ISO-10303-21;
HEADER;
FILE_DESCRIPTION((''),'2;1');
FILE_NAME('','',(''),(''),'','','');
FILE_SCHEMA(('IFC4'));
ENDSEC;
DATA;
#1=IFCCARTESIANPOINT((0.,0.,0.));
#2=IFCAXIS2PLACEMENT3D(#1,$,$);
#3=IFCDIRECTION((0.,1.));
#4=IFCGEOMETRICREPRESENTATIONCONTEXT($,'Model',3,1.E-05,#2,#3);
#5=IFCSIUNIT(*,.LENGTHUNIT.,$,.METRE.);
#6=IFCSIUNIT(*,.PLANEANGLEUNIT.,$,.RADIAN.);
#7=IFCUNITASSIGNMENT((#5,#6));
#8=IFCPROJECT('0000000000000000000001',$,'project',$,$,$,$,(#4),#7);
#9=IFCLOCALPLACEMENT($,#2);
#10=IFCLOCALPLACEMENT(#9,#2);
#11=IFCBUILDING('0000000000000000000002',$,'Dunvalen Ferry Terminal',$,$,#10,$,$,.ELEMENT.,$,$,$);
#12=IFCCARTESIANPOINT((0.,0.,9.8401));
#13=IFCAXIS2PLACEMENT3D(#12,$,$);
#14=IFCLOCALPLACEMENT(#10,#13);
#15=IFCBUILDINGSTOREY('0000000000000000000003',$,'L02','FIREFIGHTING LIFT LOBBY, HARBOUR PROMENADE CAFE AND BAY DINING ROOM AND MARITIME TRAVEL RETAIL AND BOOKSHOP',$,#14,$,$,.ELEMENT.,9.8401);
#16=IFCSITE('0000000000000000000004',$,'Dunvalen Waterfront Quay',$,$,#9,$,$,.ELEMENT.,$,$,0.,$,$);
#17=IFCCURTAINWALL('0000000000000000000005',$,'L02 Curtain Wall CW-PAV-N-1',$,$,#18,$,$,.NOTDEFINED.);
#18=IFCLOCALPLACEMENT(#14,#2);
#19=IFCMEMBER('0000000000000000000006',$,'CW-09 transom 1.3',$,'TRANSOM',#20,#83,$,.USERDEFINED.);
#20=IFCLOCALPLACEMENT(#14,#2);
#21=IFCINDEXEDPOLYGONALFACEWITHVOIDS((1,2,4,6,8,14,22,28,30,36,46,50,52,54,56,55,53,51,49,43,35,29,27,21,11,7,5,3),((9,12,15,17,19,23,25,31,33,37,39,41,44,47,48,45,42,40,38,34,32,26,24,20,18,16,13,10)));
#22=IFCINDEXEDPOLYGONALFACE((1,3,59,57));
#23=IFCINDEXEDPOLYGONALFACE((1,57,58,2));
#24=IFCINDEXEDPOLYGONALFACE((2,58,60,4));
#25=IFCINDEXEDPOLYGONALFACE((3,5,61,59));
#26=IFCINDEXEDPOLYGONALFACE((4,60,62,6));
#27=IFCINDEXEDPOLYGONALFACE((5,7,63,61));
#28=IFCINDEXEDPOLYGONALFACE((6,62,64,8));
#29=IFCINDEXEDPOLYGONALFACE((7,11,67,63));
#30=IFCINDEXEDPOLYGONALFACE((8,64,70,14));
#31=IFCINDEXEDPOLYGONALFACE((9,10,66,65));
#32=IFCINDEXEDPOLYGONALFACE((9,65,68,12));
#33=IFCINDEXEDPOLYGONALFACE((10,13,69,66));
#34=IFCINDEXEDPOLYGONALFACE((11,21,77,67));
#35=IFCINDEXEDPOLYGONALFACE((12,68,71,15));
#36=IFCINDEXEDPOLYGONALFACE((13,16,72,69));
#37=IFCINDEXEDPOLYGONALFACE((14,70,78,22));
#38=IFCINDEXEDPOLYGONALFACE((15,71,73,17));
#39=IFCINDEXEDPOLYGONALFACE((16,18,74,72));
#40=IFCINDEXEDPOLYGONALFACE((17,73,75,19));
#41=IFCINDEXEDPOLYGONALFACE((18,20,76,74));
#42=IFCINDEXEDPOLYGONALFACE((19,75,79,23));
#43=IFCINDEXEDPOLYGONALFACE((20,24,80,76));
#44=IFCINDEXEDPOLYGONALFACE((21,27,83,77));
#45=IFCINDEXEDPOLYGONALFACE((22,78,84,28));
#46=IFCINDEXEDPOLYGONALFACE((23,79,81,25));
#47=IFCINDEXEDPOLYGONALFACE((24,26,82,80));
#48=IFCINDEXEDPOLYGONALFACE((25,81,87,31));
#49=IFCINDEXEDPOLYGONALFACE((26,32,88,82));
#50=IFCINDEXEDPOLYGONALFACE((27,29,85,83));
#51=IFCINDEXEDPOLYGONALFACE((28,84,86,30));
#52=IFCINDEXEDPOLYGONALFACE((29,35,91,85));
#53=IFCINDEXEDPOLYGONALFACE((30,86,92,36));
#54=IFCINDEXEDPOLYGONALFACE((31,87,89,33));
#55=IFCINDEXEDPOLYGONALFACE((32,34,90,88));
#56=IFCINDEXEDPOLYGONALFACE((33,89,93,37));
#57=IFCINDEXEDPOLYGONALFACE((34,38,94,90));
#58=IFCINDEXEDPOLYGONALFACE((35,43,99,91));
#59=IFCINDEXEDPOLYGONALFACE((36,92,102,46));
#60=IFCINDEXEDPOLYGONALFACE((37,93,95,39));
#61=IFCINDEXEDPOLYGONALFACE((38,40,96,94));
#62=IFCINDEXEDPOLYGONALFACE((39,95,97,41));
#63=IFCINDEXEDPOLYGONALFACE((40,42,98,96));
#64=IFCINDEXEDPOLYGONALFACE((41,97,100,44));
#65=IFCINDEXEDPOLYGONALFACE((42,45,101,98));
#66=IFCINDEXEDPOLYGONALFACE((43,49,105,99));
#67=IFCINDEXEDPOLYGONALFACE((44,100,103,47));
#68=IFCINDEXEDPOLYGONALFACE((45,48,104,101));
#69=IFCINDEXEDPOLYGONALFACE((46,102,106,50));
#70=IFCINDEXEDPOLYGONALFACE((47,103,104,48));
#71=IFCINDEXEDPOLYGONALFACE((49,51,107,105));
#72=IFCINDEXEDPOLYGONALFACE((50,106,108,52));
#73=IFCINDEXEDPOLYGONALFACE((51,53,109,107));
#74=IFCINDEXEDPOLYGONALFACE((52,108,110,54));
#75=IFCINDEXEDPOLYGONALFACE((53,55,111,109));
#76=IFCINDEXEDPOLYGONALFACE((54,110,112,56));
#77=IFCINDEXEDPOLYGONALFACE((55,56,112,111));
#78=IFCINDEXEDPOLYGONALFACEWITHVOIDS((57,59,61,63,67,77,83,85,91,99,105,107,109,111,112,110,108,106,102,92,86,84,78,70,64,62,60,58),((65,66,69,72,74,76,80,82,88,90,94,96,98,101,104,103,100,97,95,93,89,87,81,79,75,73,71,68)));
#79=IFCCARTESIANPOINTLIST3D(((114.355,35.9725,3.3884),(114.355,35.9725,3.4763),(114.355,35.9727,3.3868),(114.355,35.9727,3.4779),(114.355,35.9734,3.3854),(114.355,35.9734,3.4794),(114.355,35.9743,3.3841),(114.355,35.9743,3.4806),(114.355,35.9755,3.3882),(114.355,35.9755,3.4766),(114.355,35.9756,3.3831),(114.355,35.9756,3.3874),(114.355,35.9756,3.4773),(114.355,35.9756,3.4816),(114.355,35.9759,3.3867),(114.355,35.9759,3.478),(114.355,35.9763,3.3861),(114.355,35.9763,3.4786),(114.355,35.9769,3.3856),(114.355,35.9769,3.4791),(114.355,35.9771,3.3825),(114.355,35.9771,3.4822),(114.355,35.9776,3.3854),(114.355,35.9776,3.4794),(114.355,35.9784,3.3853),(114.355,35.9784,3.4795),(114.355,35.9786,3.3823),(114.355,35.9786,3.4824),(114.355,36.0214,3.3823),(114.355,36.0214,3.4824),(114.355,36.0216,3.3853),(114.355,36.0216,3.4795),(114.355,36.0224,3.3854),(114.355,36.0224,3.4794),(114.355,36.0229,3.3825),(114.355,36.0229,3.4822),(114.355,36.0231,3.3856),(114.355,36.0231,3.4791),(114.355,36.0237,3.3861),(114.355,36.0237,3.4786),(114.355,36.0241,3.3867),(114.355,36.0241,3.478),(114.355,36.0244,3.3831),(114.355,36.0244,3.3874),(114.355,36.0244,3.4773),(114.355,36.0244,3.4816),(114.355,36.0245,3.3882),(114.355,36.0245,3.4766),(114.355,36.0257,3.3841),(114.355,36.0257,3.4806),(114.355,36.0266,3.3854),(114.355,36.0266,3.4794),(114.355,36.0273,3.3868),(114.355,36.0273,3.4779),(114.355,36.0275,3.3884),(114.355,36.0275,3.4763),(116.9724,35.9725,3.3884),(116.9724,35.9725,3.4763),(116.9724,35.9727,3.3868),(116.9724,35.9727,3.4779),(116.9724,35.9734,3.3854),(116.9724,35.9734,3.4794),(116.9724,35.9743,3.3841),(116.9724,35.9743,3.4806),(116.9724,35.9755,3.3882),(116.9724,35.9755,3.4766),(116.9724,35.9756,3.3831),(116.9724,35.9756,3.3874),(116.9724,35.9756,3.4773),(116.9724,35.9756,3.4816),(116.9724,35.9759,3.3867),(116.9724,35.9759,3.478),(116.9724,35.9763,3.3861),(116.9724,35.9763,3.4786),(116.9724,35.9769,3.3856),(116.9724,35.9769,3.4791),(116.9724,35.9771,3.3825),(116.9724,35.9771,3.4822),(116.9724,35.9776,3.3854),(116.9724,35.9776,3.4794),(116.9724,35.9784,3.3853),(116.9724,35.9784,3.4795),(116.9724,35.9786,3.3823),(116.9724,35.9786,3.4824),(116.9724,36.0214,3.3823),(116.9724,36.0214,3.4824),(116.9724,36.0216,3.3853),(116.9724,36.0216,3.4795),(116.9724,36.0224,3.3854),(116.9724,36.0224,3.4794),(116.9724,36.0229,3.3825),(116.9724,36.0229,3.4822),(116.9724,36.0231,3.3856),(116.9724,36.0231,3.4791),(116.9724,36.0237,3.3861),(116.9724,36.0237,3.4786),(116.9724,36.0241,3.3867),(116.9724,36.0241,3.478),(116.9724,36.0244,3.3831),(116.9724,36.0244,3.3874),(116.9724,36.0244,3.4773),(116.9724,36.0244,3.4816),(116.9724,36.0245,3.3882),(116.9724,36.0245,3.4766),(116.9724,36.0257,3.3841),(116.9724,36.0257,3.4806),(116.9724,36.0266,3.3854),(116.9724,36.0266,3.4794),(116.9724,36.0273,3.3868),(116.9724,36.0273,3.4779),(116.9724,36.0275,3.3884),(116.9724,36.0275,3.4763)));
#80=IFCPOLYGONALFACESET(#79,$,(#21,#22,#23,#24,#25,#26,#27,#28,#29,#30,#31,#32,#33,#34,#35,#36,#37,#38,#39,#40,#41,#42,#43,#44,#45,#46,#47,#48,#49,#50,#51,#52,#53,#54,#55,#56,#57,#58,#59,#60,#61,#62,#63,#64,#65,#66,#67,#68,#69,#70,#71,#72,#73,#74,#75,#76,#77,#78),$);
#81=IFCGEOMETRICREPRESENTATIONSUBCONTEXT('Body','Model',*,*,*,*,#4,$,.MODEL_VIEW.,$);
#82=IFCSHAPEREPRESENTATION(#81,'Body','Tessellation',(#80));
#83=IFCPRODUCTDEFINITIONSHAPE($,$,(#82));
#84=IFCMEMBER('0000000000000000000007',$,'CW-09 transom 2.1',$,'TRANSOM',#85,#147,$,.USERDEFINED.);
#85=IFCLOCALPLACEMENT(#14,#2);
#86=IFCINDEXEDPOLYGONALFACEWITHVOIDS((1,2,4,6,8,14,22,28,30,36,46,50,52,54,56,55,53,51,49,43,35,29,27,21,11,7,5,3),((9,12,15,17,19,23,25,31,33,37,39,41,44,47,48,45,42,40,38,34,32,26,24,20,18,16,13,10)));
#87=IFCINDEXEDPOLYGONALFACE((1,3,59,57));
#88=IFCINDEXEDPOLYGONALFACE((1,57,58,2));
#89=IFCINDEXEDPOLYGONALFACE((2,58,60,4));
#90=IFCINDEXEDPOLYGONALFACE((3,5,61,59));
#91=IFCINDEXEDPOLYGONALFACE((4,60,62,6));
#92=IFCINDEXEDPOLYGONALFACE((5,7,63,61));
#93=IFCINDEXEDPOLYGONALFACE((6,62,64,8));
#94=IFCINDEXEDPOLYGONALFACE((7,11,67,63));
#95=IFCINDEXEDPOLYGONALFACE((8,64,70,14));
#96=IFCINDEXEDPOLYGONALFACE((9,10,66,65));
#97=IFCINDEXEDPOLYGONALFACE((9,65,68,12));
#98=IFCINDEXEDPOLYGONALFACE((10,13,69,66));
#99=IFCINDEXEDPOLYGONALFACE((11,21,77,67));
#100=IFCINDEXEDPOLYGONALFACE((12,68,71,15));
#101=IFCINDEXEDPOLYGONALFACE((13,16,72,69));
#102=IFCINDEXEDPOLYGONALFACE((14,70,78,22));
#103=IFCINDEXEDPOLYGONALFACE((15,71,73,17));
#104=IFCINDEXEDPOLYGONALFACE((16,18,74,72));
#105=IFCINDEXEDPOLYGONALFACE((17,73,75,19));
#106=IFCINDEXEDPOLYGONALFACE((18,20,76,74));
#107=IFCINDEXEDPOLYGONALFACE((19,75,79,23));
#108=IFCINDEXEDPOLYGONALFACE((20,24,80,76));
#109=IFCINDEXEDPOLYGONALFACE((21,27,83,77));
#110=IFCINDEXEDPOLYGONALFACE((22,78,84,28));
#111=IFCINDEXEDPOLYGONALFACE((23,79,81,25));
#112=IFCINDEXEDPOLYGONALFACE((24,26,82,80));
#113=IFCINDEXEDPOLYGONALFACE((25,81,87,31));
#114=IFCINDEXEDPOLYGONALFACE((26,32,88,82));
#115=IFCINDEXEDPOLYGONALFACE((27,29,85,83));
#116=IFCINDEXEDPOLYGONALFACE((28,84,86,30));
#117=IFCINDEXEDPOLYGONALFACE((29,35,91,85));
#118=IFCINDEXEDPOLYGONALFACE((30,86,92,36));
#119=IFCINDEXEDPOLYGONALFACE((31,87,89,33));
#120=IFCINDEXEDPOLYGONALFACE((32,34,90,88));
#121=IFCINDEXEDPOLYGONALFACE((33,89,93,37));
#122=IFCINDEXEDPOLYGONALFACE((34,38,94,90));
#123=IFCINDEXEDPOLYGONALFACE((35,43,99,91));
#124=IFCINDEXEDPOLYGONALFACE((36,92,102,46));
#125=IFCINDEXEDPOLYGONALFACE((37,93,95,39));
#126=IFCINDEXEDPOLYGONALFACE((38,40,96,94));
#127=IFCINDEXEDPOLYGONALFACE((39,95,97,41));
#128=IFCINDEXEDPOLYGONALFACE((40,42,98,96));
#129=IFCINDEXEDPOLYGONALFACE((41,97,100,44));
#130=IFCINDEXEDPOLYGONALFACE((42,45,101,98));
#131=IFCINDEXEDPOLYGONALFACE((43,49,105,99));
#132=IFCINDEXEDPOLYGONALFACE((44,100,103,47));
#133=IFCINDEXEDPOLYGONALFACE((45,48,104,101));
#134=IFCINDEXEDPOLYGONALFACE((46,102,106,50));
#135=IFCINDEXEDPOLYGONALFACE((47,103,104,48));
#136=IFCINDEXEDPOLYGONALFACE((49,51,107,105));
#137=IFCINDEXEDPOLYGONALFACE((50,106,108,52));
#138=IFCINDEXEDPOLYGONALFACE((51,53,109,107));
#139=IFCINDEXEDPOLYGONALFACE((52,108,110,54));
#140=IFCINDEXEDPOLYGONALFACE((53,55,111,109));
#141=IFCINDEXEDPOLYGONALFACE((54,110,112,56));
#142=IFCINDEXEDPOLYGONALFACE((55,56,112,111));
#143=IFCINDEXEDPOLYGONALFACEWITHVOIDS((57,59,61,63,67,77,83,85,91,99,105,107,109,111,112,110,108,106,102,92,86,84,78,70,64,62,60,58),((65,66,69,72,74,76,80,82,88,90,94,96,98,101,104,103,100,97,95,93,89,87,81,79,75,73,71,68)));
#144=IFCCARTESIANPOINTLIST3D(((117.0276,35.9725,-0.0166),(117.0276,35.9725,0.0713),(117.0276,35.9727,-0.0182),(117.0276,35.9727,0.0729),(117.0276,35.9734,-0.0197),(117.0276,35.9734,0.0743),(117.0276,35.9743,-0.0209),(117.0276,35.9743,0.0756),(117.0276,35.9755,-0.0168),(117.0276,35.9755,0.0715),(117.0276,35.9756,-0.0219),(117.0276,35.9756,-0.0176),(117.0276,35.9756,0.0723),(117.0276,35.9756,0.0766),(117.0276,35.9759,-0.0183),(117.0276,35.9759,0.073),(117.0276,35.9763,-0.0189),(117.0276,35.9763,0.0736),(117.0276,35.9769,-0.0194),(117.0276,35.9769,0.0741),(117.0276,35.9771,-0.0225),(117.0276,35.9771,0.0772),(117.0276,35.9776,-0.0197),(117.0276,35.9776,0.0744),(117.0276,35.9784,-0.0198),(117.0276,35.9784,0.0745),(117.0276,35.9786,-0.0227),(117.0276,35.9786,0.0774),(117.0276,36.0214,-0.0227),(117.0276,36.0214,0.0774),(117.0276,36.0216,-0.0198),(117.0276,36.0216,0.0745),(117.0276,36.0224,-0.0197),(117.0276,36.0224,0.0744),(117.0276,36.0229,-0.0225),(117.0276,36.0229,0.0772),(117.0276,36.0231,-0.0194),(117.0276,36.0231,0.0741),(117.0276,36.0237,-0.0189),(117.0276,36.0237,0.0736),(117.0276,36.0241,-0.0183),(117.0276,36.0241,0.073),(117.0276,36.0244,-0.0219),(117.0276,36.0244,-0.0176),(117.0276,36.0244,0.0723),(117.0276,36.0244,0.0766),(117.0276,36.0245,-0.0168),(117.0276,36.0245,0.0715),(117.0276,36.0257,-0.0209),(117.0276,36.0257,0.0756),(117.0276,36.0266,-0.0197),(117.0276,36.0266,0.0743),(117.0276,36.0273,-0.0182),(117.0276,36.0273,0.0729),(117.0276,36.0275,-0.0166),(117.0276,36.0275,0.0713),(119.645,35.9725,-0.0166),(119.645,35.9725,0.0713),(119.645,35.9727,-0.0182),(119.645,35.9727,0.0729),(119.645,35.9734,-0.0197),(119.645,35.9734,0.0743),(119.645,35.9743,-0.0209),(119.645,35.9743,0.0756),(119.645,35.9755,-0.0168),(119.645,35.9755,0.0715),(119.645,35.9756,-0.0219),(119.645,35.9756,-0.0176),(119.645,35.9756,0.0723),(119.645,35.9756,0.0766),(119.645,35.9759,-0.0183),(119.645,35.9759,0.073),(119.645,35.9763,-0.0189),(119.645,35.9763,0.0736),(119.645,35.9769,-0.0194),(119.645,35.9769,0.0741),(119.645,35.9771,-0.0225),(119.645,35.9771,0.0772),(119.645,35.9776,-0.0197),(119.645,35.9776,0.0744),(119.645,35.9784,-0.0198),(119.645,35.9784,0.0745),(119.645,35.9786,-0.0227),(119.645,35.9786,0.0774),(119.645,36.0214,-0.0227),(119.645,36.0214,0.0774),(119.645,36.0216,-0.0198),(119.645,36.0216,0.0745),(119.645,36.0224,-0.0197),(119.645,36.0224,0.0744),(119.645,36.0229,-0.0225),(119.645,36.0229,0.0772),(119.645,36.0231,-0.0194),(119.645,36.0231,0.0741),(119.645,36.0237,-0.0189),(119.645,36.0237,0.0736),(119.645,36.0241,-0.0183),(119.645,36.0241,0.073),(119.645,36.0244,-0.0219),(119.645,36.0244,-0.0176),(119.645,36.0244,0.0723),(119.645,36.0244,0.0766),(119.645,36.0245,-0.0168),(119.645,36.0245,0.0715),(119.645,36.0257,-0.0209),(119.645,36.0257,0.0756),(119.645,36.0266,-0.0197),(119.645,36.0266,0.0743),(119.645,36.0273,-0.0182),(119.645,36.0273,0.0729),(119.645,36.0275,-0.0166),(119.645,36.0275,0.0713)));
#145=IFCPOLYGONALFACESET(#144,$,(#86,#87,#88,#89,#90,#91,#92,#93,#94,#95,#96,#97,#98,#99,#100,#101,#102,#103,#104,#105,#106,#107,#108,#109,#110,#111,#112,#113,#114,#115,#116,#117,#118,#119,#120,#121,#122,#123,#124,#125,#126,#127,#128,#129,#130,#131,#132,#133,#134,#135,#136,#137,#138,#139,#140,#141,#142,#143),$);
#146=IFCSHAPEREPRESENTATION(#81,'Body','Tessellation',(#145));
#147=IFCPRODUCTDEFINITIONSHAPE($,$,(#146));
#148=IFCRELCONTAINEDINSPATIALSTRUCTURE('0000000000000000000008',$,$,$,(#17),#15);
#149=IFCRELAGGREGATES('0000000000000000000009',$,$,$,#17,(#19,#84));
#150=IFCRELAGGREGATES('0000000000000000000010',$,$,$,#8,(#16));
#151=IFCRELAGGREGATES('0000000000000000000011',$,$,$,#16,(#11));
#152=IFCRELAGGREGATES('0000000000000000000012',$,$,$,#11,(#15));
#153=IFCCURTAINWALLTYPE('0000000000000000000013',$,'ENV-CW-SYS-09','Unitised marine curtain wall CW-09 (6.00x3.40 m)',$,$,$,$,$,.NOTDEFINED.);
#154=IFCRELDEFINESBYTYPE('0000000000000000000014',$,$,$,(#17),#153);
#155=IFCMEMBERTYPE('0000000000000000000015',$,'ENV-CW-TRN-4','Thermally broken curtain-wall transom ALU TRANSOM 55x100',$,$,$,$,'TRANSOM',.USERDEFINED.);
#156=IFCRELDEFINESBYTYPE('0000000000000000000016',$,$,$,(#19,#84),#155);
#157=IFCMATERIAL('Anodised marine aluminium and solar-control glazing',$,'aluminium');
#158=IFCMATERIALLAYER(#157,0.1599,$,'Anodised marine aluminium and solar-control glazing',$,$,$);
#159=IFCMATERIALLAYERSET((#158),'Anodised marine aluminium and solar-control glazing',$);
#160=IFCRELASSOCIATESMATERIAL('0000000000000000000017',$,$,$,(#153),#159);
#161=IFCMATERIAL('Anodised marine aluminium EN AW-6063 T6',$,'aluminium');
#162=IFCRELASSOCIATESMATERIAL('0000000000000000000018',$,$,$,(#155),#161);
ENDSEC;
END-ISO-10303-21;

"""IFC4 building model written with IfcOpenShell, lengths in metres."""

from ifc_helpers import new_model, si_unit, direction, frame, origin, origin_2d, place, context, subcontext, project, spatial, hollow_rectangle, extrude, material, layer, layer_set, material_profile, profile_set, type_object, element, aggregate, save


model = new_model("IFC4")

# Units and contexts
model_context = context("Model", 3, precision=1e-05, world=origin(), true_north=direction((0.0, 1.0)))
body_context = subcontext(model_context, "Body", "Model", "MODEL_VIEW")
ifc_project = project(units=[si_unit("LENGTHUNIT", "METRE"), si_unit("PLANEANGLEUNIT", "RADIAN")], contexts=[model_context])

# Site, building, storey
site_placement = place(None, origin())
site = spatial("IfcSite", under=ifc_project, at=site_placement, Name="Dunvalen Waterfront Quay", CompositionType="ELEMENT", RefElevation=0.0)
building_placement = place(site_placement, origin())
building = spatial("IfcBuilding", under=site, at=building_placement, Name="Dunvalen Ferry Terminal", CompositionType="ELEMENT")
storey_placement = place(building_placement, frame((0.0, 0.0, 9.8401)))
storey = spatial("IfcBuildingStorey", under=building, at=storey_placement, Name="L02", Description="FIREFIGHTING LIFT LOBBY, HARBOUR PROMENADE CAFE AND BAY DINING ROOM AND MARITIME TRAVEL RETAIL AND BOOKSHOP", CompositionType="ELEMENT", Elevation=9.8401)

# Curtain wall
ifc_material_1 = material(Name="Anodised marine aluminium and solar-control glazing", Category="aluminium")
ifc_layer_1 = layer(ifc_material_1, 0.1599, Name="Anodised marine aluminium and solar-control glazing")
ifc_layer_set_1 = layer_set([ifc_layer_1], Name="Anodised marine aluminium and solar-control glazing")
curtain_wall_type_1 = type_object("IfcCurtainWallType", Name="ENV-CW-SYS-09", Description="Unitised marine curtain wall CW-09 (6.00x3.40 m)", PredefinedType="NOTDEFINED", material=ifc_layer_set_1)
curtain_wall_1_placement = place(storey_placement, origin())
curtain_wall_1 = element("IfcCurtainWall", 1, at=curtain_wall_1_placement, inside=storey, type_object=curtain_wall_type_1, Name="L02 Curtain Wall CW-PAV-N-1", PredefinedType="NOTDEFINED")
ifc_material_2 = material(Name="Anodised marine aluminium EN AW-6063 T6", Category="aluminium")

# Members
ifc_material_profile_1 = material_profile(ifc_material_2, hollow_rectangle(XDim=0.0549, YDim=0.1001, WallThickness=0.0029, InnerFilletRadius=0.0029, OuterFilletRadius=0.0061, at=origin_2d()), Name="Anodised marine aluminium EN AW-6063 T6")
ifc_profile_set_1 = profile_set([ifc_material_profile_1], Name="Anodised marine aluminium EN AW-6063 T6")
member_type_1 = type_object("IfcMemberType", Name="ENV-CW-TRN-4", Description="Thermally broken curtain-wall transom ALU TRANSOM 55x100", ElementType="TRANSOM", PredefinedType="USERDEFINED", material=ifc_profile_set_1)
member_1_placement = place(storey_placement, frame((114.355, 36.0, 3.4324), z_axis=(1.0, 0.0, 0.0), x_axis=(0.0, 1.0, 0.0)))
member_1 = element("IfcMember", 2, at=member_1_placement, type_object=member_type_1, Name="CW-09 transom 1.3", ObjectType="TRANSOM", PredefinedType="USERDEFINED", context=body_context, shape_type="SweptSolid", body=[
    extrude(hollow_rectangle(XDim=0.0549, YDim=0.1001, WallThickness=0.0029, InnerFilletRadius=0.0029, OuterFilletRadius=0.0061, at=origin_2d()), origin(), (0.0, 0.0, 1.0), 2.6174),
])
member_2_placement = place(storey_placement, frame((117.0276, 36.0, 0.0273), z_axis=(1.0, 0.0, 0.0), x_axis=(0.0, 1.0, 0.0)))
member_2 = element("IfcMember", 3, at=member_2_placement, type_object=member_type_1, Name="CW-09 transom 2.1", ObjectType="TRANSOM", PredefinedType="USERDEFINED", context=body_context, shape_type="SweptSolid", body=[
    extrude(hollow_rectangle(XDim=0.0549, YDim=0.1001, WallThickness=0.0029, InnerFilletRadius=0.0029, OuterFilletRadius=0.0061, at=origin_2d()), origin(), (0.0, 0.0, 1.0), 2.6174),
])

aggregate(curtain_wall_1, [member_1, member_2])

save(model, "model.ifc")
